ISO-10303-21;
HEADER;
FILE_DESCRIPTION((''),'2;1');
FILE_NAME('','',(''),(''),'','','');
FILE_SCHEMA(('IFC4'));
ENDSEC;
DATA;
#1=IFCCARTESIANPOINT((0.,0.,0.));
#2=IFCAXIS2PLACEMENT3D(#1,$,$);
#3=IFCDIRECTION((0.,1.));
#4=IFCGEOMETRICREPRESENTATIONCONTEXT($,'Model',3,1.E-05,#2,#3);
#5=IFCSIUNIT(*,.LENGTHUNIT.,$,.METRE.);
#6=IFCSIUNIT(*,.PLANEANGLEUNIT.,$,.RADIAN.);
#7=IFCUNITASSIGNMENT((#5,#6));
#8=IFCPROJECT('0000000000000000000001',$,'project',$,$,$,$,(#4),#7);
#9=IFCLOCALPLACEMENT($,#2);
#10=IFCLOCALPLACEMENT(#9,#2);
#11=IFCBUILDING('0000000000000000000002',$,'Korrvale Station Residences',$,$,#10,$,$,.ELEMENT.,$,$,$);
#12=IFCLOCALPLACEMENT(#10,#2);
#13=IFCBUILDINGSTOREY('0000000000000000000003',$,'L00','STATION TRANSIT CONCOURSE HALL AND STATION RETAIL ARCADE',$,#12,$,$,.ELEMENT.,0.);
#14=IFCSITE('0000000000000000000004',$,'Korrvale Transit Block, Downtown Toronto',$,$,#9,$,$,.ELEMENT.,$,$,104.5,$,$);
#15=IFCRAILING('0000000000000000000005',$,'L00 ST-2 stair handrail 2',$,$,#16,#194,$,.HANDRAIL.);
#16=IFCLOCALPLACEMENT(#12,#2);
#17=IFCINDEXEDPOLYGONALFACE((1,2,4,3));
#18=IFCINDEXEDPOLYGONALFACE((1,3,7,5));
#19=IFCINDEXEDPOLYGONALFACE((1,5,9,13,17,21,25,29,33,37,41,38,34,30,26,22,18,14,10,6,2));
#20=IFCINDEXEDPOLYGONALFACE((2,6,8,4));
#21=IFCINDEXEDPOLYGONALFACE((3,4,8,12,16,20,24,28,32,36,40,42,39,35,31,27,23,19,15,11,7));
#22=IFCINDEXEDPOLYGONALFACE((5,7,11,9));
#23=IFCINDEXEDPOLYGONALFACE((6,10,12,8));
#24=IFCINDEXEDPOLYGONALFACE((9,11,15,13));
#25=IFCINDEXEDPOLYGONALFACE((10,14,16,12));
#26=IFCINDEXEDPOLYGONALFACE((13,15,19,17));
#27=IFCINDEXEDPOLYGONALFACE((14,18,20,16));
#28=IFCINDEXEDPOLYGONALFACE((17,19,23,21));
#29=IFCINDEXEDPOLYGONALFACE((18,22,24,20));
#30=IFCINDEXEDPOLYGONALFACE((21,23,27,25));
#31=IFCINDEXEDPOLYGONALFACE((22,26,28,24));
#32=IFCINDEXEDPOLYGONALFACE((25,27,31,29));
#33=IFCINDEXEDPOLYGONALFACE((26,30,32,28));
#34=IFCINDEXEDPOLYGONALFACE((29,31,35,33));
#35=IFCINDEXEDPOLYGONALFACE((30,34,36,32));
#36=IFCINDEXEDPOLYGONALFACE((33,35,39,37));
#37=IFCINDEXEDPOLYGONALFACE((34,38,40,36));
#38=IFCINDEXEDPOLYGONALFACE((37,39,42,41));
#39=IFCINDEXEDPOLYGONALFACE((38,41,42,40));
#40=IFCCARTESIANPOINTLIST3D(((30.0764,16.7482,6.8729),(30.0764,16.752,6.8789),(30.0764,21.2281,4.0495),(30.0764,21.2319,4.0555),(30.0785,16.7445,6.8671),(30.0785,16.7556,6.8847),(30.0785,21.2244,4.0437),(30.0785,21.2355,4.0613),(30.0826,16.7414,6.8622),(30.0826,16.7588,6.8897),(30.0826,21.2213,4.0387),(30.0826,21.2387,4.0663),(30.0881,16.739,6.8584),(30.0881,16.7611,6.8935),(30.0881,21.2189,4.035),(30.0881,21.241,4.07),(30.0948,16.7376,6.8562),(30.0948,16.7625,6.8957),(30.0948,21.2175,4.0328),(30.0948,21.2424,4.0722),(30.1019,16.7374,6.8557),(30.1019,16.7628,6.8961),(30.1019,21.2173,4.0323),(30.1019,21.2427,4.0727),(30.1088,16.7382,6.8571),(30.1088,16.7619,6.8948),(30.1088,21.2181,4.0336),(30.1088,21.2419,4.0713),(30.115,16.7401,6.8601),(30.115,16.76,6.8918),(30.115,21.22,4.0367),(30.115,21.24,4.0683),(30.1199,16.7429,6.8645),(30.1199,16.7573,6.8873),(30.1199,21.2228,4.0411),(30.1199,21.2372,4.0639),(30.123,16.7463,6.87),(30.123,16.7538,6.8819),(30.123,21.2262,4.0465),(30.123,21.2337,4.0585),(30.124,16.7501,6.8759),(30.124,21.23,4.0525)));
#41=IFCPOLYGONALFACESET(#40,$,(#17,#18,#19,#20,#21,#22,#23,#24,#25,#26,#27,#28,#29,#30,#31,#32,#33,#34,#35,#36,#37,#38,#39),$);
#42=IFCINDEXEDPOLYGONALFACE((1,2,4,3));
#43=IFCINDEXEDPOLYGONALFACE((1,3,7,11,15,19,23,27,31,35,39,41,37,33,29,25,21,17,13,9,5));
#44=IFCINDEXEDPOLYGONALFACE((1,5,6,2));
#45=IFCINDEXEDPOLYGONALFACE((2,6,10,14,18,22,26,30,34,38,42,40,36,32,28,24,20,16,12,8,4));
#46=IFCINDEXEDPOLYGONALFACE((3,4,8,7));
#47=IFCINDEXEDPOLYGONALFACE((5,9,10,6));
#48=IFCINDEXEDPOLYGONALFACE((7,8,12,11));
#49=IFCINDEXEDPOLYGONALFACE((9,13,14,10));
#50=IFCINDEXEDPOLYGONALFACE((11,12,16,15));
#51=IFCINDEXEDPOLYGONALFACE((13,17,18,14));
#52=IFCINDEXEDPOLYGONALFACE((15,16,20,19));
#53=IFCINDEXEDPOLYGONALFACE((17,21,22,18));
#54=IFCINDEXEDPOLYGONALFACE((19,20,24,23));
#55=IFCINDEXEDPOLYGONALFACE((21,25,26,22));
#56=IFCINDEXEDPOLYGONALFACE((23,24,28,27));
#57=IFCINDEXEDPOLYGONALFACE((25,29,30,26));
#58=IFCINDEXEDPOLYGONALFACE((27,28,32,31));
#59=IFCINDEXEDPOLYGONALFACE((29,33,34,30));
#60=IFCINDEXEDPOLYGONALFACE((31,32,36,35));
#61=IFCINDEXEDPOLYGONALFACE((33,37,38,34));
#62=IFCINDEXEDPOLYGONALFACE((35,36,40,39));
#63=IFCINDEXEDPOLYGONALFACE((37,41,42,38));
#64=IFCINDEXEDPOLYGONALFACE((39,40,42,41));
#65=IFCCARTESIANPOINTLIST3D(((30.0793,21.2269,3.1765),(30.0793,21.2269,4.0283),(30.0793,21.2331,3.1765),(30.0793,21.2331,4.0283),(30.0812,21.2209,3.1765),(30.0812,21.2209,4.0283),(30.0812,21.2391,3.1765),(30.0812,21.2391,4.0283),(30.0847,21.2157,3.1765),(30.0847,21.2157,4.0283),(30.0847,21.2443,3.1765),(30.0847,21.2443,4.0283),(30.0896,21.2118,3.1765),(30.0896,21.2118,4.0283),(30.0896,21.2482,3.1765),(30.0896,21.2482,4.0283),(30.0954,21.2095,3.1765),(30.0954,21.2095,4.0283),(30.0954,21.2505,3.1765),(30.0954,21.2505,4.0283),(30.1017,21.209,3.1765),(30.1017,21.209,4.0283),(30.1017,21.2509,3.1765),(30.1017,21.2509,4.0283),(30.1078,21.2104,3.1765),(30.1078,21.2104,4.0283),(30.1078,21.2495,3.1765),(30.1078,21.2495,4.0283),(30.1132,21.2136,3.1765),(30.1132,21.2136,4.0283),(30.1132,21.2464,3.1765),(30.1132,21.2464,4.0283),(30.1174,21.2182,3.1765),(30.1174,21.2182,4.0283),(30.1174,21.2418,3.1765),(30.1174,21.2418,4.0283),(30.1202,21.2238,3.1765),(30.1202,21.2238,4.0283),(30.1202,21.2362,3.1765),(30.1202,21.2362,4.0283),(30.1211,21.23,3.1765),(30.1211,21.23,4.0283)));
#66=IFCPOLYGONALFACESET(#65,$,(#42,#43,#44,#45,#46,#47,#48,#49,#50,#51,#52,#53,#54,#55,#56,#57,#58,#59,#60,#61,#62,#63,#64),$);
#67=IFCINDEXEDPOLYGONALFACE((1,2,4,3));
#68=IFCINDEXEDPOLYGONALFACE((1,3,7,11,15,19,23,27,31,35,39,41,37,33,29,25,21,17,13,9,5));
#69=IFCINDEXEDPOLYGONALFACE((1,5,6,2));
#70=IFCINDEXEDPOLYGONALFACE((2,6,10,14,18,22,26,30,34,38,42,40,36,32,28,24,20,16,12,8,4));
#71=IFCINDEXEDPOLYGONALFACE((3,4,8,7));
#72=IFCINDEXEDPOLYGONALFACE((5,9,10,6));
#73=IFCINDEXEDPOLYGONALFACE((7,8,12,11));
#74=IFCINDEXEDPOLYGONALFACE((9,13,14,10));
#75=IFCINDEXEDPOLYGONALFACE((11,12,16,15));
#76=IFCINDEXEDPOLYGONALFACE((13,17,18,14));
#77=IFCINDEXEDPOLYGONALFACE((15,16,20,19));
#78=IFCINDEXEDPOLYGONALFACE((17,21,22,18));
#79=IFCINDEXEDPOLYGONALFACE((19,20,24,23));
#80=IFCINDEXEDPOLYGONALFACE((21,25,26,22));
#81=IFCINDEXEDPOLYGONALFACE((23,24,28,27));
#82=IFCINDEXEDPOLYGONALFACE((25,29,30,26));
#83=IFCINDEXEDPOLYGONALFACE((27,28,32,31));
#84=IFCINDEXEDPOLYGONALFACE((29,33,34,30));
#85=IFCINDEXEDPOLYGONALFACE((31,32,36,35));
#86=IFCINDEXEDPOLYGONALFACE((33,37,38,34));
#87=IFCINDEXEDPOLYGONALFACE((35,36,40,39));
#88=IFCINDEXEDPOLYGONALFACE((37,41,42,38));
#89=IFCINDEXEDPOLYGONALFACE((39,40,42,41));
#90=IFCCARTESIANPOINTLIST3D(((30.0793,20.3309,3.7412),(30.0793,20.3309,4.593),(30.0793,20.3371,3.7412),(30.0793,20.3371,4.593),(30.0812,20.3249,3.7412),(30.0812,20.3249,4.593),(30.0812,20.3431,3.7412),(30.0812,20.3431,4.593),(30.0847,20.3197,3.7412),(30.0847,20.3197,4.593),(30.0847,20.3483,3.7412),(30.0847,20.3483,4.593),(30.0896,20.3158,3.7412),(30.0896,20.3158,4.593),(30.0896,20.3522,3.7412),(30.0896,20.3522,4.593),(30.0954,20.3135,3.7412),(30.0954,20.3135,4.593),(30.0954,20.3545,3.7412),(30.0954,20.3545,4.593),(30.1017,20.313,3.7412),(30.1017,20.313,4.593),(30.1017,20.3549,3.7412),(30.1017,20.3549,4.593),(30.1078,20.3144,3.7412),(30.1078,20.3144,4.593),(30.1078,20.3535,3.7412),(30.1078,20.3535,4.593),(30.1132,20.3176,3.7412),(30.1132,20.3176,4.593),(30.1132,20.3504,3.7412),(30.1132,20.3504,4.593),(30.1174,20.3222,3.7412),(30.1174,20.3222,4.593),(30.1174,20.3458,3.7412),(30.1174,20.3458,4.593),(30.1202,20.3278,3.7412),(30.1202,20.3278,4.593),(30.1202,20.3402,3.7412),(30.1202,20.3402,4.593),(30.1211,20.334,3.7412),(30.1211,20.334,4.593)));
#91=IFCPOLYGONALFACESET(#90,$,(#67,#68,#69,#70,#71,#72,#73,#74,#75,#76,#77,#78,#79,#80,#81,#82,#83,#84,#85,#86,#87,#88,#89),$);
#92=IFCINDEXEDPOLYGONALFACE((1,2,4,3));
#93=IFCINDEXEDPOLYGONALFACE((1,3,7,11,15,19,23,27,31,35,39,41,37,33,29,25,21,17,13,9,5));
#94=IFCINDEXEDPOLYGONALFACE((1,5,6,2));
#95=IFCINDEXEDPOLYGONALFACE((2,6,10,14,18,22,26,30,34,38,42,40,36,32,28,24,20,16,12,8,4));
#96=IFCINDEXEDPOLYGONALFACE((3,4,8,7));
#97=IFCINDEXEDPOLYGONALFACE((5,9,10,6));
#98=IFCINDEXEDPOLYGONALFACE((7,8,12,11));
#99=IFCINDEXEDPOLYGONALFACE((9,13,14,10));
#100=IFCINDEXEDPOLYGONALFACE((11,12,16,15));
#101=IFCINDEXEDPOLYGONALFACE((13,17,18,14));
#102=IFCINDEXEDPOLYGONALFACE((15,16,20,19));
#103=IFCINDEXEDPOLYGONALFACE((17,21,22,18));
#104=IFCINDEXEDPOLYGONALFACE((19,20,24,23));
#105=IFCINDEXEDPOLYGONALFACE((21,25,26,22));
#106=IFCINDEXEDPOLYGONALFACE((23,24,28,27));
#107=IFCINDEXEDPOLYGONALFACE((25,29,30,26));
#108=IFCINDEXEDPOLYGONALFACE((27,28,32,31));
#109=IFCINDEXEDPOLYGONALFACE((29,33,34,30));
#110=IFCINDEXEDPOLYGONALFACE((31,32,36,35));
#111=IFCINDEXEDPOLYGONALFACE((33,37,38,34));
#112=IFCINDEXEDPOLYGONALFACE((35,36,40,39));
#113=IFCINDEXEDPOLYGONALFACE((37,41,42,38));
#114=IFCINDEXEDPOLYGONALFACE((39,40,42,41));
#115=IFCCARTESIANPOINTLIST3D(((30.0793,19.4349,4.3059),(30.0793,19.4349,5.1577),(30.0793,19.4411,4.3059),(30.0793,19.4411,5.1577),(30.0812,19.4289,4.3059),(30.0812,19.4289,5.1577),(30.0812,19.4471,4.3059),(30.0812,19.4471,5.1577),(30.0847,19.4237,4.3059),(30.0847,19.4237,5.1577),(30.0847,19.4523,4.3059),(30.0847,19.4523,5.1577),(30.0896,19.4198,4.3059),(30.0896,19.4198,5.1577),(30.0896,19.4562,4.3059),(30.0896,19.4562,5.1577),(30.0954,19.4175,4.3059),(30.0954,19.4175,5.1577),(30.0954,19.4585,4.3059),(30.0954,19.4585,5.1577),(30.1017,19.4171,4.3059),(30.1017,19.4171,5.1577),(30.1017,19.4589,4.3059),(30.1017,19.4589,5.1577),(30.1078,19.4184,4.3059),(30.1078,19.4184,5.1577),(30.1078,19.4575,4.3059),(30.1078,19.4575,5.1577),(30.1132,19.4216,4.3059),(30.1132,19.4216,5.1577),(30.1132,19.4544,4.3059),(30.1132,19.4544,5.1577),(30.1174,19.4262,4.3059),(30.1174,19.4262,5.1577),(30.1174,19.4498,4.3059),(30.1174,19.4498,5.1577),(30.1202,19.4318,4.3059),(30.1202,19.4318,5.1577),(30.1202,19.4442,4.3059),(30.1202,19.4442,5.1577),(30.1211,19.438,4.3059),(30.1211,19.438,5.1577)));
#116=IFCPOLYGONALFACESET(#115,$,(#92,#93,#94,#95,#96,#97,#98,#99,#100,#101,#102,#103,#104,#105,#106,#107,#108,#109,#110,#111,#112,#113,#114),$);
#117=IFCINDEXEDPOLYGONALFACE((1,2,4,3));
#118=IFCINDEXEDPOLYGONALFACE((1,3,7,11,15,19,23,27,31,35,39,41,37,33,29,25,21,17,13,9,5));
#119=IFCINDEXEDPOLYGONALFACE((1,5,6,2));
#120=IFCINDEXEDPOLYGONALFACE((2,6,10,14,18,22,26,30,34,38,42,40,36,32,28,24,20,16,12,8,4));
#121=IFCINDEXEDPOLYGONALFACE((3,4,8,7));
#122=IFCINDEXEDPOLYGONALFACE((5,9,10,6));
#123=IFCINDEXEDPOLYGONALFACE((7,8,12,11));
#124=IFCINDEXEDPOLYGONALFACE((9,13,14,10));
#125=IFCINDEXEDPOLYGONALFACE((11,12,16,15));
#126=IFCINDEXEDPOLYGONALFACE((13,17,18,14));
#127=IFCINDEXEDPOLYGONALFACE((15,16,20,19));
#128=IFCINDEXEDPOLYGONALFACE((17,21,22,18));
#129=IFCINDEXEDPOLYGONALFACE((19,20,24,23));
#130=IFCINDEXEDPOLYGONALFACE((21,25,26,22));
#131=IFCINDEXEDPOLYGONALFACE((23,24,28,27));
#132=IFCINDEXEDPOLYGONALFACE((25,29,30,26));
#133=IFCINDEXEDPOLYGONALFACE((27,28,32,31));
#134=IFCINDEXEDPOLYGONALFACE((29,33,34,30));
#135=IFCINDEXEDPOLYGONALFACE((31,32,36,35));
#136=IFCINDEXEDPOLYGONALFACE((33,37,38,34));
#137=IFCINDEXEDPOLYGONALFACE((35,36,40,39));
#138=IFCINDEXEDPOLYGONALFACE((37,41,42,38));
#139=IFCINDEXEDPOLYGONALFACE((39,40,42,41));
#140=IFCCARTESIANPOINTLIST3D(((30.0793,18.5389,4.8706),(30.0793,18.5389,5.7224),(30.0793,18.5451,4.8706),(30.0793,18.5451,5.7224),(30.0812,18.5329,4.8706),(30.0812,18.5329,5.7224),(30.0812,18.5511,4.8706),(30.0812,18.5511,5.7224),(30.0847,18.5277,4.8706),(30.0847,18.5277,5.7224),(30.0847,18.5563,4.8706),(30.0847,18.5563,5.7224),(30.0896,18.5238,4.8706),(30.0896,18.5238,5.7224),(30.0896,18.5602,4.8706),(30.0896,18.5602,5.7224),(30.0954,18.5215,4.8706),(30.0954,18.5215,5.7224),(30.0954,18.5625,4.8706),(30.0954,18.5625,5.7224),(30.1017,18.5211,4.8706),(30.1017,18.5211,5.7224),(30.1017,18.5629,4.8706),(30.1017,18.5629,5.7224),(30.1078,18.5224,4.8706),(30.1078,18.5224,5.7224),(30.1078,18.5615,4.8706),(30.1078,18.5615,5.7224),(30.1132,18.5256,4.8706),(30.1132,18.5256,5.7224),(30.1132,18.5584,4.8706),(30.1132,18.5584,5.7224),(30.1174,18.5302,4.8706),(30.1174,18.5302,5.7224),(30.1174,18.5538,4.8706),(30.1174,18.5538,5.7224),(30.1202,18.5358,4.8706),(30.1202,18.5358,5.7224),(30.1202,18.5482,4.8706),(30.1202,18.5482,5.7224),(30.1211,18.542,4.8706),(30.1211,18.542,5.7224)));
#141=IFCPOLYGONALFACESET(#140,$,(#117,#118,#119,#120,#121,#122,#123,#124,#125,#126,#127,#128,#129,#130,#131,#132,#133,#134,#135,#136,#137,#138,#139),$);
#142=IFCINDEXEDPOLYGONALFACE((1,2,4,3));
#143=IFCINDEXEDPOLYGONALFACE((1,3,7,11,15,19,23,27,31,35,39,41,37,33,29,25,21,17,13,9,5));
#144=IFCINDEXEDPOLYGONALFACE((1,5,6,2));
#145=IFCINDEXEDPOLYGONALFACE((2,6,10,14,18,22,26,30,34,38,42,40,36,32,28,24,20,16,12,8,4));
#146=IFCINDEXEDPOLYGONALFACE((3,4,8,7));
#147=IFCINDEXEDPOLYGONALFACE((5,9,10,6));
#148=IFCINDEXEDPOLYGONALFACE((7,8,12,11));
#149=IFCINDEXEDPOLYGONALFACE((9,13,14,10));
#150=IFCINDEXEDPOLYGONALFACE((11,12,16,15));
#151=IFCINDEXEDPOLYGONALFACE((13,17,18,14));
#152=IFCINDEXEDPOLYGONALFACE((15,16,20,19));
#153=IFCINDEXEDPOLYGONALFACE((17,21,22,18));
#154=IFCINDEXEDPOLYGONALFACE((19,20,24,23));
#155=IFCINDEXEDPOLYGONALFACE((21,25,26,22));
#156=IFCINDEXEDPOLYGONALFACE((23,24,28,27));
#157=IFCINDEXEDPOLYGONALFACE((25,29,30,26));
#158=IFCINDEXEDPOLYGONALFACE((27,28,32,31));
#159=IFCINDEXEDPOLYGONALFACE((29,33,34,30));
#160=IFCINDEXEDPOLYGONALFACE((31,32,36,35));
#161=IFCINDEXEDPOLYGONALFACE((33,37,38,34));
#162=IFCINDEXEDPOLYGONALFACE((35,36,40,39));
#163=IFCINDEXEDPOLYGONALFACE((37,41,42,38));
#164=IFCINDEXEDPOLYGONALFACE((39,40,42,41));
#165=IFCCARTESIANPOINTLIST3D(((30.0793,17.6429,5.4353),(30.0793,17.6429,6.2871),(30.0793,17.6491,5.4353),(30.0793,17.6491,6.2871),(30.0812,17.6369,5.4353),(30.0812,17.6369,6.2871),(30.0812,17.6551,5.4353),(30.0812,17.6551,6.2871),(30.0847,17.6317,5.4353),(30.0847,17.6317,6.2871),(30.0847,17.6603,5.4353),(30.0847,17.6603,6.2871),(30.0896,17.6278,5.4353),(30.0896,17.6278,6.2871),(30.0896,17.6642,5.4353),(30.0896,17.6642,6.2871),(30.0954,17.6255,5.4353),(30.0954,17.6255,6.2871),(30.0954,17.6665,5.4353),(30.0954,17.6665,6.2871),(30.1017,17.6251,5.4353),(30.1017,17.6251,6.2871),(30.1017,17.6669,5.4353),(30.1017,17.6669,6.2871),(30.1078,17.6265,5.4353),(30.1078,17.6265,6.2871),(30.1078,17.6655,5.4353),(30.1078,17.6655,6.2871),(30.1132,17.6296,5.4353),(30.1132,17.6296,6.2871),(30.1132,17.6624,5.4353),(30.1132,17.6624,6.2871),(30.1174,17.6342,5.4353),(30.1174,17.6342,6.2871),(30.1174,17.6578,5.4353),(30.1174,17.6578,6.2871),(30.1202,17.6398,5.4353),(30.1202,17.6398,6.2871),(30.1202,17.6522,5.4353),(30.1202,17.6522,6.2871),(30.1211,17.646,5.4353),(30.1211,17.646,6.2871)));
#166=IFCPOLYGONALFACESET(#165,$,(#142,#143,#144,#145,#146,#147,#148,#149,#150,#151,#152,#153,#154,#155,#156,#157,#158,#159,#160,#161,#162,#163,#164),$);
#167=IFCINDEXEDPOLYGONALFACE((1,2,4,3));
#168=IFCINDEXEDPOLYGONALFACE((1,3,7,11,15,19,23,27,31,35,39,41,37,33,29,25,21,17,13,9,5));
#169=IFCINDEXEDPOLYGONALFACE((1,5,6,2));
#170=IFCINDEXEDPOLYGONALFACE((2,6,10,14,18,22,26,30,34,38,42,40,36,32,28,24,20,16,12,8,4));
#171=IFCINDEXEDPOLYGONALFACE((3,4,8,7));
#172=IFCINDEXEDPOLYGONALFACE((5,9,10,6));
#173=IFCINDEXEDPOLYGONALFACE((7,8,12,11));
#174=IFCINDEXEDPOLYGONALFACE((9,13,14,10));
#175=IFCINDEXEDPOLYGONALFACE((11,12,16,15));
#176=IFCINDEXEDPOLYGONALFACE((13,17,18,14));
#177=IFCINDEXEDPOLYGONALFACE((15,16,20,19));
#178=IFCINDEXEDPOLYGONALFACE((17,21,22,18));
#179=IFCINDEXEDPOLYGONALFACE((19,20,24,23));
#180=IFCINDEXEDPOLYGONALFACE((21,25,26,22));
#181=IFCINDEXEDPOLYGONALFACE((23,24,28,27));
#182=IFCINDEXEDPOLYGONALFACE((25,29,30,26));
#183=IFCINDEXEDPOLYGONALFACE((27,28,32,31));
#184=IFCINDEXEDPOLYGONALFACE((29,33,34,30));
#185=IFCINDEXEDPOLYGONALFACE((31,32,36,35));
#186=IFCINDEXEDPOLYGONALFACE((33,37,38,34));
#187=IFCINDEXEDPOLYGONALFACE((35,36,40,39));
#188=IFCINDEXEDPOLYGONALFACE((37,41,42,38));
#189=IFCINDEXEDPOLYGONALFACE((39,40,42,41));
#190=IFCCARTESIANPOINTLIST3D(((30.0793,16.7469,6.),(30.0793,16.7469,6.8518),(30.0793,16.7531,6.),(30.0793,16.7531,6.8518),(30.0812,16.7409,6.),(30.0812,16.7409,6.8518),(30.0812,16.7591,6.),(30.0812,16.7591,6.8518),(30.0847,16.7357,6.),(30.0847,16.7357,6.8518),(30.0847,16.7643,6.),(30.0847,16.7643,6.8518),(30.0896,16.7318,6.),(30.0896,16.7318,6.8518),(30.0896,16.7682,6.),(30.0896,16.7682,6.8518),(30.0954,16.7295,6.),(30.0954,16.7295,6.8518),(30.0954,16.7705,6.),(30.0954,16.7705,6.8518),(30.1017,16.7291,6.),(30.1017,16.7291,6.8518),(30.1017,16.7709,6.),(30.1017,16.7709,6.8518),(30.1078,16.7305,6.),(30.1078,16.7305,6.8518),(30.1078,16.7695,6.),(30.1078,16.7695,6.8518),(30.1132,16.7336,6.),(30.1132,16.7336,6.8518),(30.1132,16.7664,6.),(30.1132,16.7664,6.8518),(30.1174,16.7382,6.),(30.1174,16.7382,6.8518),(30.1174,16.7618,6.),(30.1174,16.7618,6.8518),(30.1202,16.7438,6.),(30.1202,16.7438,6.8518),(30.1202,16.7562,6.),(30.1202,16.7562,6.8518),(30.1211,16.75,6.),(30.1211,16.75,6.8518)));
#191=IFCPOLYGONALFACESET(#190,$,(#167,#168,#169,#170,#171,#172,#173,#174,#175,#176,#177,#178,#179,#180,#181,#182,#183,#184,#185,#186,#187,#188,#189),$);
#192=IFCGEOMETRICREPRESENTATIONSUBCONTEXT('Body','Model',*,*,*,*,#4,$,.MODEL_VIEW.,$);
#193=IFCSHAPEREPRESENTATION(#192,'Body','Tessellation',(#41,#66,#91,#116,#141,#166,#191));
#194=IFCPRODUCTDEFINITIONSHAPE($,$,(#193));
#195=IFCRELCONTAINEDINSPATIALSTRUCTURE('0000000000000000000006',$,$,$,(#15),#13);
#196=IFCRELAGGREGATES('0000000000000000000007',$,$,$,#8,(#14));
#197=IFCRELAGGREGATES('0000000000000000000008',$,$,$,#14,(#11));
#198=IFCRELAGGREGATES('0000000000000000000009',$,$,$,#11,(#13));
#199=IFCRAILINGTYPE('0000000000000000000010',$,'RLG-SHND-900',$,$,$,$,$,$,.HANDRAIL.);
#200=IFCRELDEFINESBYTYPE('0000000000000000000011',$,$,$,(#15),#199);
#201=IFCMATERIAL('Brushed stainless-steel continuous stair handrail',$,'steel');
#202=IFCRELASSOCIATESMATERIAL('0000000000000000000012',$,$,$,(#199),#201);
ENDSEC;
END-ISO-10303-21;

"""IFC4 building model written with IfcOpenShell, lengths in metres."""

from ifc_helpers import new_model, si_unit, direction, frame, origin, origin_2d, place, context, subcontext, project, spatial, circle, extrude, material, type_object, element, save


model = new_model("IFC4")

# Units and contexts
model_context = context("Model", 3, precision=1e-05, world=origin(), true_north=direction((0.0, 1.0)))
body_context = subcontext(model_context, "Body", "Model", "MODEL_VIEW")
ifc_project = project(units=[si_unit("LENGTHUNIT", "METRE"), si_unit("PLANEANGLEUNIT", "RADIAN")], contexts=[model_context])

# Site, building, storey
site_placement = place(None, origin())
site = spatial("IfcSite", under=ifc_project, at=site_placement, Name="Korrvale Transit Block, Downtown Toronto", CompositionType="ELEMENT", RefElevation=104.5)
building_placement = place(site_placement, origin())
building = spatial("IfcBuilding", under=site, at=building_placement, Name="Korrvale Station Residences", CompositionType="ELEMENT")
storey_placement = place(building_placement, origin())
storey = spatial("IfcBuildingStorey", under=building, at=storey_placement, Name="L00", Description="STATION TRANSIT CONCOURSE HALL AND STATION RETAIL ARCADE", CompositionType="ELEMENT", Elevation=0.0)

# Railing
ifc_material_1 = material(Name="Brushed stainless-steel continuous stair handrail", Category="steel")
railing_type_1 = type_object("IfcRailingType", Name="RLG-SHND-900", PredefinedType="HANDRAIL", material=ifc_material_1)
railing_1_placement = place(storey_placement, frame((30.1001, 21.23, 3.1765)))
element("IfcRailing", 1, at=railing_1_placement, inside=storey, type_object=railing_type_1, Name="L00 ST-2 stair handrail 2", PredefinedType="HANDRAIL", context=body_context, shape_type="SweptSolid", body=[
    extrude(circle(Radius=0.0239, at=origin_2d()), frame((0.0, 0.0, 0.876), z_axis=(0.0, -0.845998, 0.533186), x_axis=(1.0, 0.0, 0.0)), (0.0, 0.0, 1.0), 5.2954),
    extrude(circle(Radius=0.021, at=origin_2d()), origin(), (0.0, 0.0, 1.0), 0.8518),
    extrude(circle(Radius=0.021, at=origin_2d()), frame((0.0, -0.896, 0.5647)), (0.0, 0.0, 1.0), 0.8518),
    extrude(circle(Radius=0.021, at=origin_2d()), frame((0.0, -1.792, 1.1294)), (0.0, 0.0, 1.0), 0.8518),
    extrude(circle(Radius=0.021, at=origin_2d()), frame((0.0, -2.688, 1.6941)), (0.0, 0.0, 1.0), 0.8518),
    extrude(circle(Radius=0.021, at=origin_2d()), frame((0.0, -3.584, 2.2588)), (0.0, 0.0, 1.0), 0.8518),
    extrude(circle(Radius=0.021, at=origin_2d()), frame((0.0, -4.48, 2.8235)), (0.0, 0.0, 1.0), 0.8518),
])

save(model, "model.ifc")
